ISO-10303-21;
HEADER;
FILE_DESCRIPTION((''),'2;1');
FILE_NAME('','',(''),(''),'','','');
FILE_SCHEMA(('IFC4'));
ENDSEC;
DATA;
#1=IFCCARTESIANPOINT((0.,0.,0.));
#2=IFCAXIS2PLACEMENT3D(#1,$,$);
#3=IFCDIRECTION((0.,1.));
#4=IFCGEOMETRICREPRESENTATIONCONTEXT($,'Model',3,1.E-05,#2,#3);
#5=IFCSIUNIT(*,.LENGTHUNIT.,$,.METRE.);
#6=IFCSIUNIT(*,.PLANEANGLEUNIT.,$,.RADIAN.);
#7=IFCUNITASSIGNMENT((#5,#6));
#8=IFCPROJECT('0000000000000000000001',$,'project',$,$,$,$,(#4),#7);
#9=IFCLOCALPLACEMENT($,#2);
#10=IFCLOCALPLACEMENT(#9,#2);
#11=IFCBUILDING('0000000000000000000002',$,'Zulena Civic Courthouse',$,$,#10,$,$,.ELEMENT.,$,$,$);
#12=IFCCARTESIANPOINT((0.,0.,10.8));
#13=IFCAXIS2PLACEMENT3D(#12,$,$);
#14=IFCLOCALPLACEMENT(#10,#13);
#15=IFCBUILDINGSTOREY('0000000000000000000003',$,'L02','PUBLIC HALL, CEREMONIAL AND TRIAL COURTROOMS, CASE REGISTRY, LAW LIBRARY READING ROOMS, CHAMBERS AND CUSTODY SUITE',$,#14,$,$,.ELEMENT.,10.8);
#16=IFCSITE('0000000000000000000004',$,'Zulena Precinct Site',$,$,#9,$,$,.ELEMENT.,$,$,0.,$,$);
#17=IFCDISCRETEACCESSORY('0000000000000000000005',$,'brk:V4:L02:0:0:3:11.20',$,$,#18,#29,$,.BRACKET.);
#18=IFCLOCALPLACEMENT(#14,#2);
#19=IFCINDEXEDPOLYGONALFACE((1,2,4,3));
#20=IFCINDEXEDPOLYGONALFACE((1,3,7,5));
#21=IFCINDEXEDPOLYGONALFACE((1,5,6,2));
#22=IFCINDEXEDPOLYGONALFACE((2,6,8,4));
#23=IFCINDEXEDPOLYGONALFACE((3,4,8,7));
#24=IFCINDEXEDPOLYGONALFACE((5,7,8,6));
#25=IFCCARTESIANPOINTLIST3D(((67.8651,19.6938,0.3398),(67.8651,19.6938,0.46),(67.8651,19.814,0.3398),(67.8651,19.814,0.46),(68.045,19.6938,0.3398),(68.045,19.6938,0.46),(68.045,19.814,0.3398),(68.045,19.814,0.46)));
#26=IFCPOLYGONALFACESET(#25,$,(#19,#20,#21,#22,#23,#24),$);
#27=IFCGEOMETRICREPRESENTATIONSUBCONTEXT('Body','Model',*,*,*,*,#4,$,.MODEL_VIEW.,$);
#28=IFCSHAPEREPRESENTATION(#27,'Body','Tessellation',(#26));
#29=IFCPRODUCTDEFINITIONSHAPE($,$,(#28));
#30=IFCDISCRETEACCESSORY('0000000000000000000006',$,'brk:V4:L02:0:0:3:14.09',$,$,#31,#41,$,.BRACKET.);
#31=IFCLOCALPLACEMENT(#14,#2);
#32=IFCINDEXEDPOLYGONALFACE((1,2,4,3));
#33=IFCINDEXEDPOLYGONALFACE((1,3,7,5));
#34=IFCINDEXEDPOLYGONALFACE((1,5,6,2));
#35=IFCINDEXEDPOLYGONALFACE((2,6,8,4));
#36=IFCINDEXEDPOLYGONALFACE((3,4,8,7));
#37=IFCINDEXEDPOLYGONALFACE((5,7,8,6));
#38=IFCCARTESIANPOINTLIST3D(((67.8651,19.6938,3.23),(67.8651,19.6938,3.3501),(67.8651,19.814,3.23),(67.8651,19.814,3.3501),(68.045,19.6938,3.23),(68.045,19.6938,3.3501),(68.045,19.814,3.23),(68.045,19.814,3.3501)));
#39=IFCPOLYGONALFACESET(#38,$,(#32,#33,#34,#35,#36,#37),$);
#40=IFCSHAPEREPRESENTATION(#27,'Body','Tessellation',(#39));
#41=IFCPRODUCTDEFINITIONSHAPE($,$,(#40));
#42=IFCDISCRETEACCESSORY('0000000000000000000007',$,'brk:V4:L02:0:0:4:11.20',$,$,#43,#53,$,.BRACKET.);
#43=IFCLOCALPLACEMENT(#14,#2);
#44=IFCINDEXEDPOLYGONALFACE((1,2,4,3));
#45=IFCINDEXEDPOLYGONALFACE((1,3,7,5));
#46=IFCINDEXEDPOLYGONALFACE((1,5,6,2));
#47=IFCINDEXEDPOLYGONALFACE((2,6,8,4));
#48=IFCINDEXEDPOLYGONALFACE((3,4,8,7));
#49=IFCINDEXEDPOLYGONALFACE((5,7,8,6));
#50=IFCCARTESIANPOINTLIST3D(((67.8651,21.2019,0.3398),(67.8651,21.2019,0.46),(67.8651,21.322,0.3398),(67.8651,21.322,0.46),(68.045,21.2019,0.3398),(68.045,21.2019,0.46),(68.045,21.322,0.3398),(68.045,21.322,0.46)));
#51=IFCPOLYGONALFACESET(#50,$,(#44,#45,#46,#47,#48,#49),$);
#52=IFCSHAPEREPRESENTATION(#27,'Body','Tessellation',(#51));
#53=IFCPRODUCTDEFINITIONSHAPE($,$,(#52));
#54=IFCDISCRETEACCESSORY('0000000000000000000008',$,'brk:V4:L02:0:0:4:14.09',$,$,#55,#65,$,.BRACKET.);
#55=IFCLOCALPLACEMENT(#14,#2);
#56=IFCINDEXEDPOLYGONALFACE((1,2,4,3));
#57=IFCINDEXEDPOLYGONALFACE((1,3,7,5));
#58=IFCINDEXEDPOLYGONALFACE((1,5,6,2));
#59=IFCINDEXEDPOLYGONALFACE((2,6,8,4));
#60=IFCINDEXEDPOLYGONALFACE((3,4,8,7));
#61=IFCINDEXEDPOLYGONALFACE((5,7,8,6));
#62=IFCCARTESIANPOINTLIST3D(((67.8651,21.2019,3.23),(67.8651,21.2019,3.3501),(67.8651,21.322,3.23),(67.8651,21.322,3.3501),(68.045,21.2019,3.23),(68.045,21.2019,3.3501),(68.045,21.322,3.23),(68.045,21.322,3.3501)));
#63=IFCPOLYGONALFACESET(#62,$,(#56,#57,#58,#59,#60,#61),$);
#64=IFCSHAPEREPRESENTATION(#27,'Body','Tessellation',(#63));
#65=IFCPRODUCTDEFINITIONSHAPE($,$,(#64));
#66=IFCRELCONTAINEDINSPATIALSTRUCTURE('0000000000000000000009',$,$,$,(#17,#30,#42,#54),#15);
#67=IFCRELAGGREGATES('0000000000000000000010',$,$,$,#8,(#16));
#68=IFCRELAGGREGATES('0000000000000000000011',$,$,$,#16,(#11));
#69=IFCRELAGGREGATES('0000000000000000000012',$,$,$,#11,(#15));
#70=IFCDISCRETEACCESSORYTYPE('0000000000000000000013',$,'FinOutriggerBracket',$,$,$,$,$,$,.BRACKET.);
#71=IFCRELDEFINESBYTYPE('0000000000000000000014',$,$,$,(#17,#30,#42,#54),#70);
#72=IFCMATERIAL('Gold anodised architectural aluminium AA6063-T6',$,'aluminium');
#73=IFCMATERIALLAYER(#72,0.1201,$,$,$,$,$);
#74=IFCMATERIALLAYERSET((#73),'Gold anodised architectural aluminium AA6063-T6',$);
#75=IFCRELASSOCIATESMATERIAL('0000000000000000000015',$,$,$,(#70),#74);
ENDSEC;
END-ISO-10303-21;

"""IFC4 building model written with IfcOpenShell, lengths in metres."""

from ifc_helpers import new_model, si_unit, direction, frame, origin, origin_2d, place, context, subcontext, project, spatial, rectangle, extrude, material, layer, layer_set, type_object, element, save


model = new_model("IFC4")

# Units and contexts
model_context = context("Model", 3, precision=1e-05, world=origin(), true_north=direction((0.0, 1.0)))
body_context = subcontext(model_context, "Body", "Model", "MODEL_VIEW")
ifc_project = project(units=[si_unit("LENGTHUNIT", "METRE"), si_unit("PLANEANGLEUNIT", "RADIAN")], contexts=[model_context])

# Site, building, storey
site_placement = place(None, origin())
site = spatial("IfcSite", under=ifc_project, at=site_placement, Name="Zulena Precinct Site", CompositionType="ELEMENT", RefElevation=0.0)
building_placement = place(site_placement, origin())
building = spatial("IfcBuilding", under=site, at=building_placement, Name="Zulena Civic Courthouse", CompositionType="ELEMENT")
storey_placement = place(building_placement, frame((0.0, 0.0, 10.8)))
storey = spatial("IfcBuildingStorey", under=building, at=storey_placement, Name="L02", Description="PUBLIC HALL, CEREMONIAL AND TRIAL COURTROOMS, CASE REGISTRY, LAW LIBRARY READING ROOMS, CHAMBERS AND CUSTODY SUITE", CompositionType="ELEMENT", Elevation=10.8)

# Shared definitions
ifc_material_1 = material(Name="Gold anodised architectural aluminium AA6063-T6", Category="aluminium")

# Discrete accessories
ifc_layer_1 = layer(ifc_material_1, 0.1201)
ifc_layer_set_1 = layer_set([ifc_layer_1], Name="Gold anodised architectural aluminium AA6063-T6")
discrete_accessory_type = type_object("IfcDiscreteAccessoryType", Name="FinOutriggerBracket", PredefinedType="BRACKET", material=ifc_layer_set_1)
for number, where, z_axis, x_axis, name in (
    (1, (67.9551, 19.7539, 0.3398), (0.0, 0.0, 1.0), (-1.0, 0.0, 0.0), "brk:V4:L02:0:0:3:11.20"),
    (2, (67.9551, 19.7539, 3.23), (0.0, 0.0, 1.0), (-1.0, 0.0, 0.0), "brk:V4:L02:0:0:3:14.09"),
    (3, (67.9551, 21.262, 0.3398), (0.0, 0.0, 1.0), (-1.0, 0.0, 0.0), "brk:V4:L02:0:0:4:11.20"),
    (4, (67.9551, 21.262, 3.23), (0.0, 0.0, 1.0), (-1.0, 0.0, 0.0), "brk:V4:L02:0:0:4:14.09"),
):
    element("IfcDiscreteAccessory", number, at=place(storey_placement, frame(where, z_axis=z_axis, x_axis=x_axis)), inside=storey, type_object=discrete_accessory_type, Name=name, PredefinedType="BRACKET", context=body_context, shape_type="SweptSolid", body=[
        extrude(rectangle(XDim=0.1799, YDim=0.1201, at=origin_2d()), origin(), (0.0, 0.0, 1.0), 0.1201),
    ])

save(model, "model.ifc")
